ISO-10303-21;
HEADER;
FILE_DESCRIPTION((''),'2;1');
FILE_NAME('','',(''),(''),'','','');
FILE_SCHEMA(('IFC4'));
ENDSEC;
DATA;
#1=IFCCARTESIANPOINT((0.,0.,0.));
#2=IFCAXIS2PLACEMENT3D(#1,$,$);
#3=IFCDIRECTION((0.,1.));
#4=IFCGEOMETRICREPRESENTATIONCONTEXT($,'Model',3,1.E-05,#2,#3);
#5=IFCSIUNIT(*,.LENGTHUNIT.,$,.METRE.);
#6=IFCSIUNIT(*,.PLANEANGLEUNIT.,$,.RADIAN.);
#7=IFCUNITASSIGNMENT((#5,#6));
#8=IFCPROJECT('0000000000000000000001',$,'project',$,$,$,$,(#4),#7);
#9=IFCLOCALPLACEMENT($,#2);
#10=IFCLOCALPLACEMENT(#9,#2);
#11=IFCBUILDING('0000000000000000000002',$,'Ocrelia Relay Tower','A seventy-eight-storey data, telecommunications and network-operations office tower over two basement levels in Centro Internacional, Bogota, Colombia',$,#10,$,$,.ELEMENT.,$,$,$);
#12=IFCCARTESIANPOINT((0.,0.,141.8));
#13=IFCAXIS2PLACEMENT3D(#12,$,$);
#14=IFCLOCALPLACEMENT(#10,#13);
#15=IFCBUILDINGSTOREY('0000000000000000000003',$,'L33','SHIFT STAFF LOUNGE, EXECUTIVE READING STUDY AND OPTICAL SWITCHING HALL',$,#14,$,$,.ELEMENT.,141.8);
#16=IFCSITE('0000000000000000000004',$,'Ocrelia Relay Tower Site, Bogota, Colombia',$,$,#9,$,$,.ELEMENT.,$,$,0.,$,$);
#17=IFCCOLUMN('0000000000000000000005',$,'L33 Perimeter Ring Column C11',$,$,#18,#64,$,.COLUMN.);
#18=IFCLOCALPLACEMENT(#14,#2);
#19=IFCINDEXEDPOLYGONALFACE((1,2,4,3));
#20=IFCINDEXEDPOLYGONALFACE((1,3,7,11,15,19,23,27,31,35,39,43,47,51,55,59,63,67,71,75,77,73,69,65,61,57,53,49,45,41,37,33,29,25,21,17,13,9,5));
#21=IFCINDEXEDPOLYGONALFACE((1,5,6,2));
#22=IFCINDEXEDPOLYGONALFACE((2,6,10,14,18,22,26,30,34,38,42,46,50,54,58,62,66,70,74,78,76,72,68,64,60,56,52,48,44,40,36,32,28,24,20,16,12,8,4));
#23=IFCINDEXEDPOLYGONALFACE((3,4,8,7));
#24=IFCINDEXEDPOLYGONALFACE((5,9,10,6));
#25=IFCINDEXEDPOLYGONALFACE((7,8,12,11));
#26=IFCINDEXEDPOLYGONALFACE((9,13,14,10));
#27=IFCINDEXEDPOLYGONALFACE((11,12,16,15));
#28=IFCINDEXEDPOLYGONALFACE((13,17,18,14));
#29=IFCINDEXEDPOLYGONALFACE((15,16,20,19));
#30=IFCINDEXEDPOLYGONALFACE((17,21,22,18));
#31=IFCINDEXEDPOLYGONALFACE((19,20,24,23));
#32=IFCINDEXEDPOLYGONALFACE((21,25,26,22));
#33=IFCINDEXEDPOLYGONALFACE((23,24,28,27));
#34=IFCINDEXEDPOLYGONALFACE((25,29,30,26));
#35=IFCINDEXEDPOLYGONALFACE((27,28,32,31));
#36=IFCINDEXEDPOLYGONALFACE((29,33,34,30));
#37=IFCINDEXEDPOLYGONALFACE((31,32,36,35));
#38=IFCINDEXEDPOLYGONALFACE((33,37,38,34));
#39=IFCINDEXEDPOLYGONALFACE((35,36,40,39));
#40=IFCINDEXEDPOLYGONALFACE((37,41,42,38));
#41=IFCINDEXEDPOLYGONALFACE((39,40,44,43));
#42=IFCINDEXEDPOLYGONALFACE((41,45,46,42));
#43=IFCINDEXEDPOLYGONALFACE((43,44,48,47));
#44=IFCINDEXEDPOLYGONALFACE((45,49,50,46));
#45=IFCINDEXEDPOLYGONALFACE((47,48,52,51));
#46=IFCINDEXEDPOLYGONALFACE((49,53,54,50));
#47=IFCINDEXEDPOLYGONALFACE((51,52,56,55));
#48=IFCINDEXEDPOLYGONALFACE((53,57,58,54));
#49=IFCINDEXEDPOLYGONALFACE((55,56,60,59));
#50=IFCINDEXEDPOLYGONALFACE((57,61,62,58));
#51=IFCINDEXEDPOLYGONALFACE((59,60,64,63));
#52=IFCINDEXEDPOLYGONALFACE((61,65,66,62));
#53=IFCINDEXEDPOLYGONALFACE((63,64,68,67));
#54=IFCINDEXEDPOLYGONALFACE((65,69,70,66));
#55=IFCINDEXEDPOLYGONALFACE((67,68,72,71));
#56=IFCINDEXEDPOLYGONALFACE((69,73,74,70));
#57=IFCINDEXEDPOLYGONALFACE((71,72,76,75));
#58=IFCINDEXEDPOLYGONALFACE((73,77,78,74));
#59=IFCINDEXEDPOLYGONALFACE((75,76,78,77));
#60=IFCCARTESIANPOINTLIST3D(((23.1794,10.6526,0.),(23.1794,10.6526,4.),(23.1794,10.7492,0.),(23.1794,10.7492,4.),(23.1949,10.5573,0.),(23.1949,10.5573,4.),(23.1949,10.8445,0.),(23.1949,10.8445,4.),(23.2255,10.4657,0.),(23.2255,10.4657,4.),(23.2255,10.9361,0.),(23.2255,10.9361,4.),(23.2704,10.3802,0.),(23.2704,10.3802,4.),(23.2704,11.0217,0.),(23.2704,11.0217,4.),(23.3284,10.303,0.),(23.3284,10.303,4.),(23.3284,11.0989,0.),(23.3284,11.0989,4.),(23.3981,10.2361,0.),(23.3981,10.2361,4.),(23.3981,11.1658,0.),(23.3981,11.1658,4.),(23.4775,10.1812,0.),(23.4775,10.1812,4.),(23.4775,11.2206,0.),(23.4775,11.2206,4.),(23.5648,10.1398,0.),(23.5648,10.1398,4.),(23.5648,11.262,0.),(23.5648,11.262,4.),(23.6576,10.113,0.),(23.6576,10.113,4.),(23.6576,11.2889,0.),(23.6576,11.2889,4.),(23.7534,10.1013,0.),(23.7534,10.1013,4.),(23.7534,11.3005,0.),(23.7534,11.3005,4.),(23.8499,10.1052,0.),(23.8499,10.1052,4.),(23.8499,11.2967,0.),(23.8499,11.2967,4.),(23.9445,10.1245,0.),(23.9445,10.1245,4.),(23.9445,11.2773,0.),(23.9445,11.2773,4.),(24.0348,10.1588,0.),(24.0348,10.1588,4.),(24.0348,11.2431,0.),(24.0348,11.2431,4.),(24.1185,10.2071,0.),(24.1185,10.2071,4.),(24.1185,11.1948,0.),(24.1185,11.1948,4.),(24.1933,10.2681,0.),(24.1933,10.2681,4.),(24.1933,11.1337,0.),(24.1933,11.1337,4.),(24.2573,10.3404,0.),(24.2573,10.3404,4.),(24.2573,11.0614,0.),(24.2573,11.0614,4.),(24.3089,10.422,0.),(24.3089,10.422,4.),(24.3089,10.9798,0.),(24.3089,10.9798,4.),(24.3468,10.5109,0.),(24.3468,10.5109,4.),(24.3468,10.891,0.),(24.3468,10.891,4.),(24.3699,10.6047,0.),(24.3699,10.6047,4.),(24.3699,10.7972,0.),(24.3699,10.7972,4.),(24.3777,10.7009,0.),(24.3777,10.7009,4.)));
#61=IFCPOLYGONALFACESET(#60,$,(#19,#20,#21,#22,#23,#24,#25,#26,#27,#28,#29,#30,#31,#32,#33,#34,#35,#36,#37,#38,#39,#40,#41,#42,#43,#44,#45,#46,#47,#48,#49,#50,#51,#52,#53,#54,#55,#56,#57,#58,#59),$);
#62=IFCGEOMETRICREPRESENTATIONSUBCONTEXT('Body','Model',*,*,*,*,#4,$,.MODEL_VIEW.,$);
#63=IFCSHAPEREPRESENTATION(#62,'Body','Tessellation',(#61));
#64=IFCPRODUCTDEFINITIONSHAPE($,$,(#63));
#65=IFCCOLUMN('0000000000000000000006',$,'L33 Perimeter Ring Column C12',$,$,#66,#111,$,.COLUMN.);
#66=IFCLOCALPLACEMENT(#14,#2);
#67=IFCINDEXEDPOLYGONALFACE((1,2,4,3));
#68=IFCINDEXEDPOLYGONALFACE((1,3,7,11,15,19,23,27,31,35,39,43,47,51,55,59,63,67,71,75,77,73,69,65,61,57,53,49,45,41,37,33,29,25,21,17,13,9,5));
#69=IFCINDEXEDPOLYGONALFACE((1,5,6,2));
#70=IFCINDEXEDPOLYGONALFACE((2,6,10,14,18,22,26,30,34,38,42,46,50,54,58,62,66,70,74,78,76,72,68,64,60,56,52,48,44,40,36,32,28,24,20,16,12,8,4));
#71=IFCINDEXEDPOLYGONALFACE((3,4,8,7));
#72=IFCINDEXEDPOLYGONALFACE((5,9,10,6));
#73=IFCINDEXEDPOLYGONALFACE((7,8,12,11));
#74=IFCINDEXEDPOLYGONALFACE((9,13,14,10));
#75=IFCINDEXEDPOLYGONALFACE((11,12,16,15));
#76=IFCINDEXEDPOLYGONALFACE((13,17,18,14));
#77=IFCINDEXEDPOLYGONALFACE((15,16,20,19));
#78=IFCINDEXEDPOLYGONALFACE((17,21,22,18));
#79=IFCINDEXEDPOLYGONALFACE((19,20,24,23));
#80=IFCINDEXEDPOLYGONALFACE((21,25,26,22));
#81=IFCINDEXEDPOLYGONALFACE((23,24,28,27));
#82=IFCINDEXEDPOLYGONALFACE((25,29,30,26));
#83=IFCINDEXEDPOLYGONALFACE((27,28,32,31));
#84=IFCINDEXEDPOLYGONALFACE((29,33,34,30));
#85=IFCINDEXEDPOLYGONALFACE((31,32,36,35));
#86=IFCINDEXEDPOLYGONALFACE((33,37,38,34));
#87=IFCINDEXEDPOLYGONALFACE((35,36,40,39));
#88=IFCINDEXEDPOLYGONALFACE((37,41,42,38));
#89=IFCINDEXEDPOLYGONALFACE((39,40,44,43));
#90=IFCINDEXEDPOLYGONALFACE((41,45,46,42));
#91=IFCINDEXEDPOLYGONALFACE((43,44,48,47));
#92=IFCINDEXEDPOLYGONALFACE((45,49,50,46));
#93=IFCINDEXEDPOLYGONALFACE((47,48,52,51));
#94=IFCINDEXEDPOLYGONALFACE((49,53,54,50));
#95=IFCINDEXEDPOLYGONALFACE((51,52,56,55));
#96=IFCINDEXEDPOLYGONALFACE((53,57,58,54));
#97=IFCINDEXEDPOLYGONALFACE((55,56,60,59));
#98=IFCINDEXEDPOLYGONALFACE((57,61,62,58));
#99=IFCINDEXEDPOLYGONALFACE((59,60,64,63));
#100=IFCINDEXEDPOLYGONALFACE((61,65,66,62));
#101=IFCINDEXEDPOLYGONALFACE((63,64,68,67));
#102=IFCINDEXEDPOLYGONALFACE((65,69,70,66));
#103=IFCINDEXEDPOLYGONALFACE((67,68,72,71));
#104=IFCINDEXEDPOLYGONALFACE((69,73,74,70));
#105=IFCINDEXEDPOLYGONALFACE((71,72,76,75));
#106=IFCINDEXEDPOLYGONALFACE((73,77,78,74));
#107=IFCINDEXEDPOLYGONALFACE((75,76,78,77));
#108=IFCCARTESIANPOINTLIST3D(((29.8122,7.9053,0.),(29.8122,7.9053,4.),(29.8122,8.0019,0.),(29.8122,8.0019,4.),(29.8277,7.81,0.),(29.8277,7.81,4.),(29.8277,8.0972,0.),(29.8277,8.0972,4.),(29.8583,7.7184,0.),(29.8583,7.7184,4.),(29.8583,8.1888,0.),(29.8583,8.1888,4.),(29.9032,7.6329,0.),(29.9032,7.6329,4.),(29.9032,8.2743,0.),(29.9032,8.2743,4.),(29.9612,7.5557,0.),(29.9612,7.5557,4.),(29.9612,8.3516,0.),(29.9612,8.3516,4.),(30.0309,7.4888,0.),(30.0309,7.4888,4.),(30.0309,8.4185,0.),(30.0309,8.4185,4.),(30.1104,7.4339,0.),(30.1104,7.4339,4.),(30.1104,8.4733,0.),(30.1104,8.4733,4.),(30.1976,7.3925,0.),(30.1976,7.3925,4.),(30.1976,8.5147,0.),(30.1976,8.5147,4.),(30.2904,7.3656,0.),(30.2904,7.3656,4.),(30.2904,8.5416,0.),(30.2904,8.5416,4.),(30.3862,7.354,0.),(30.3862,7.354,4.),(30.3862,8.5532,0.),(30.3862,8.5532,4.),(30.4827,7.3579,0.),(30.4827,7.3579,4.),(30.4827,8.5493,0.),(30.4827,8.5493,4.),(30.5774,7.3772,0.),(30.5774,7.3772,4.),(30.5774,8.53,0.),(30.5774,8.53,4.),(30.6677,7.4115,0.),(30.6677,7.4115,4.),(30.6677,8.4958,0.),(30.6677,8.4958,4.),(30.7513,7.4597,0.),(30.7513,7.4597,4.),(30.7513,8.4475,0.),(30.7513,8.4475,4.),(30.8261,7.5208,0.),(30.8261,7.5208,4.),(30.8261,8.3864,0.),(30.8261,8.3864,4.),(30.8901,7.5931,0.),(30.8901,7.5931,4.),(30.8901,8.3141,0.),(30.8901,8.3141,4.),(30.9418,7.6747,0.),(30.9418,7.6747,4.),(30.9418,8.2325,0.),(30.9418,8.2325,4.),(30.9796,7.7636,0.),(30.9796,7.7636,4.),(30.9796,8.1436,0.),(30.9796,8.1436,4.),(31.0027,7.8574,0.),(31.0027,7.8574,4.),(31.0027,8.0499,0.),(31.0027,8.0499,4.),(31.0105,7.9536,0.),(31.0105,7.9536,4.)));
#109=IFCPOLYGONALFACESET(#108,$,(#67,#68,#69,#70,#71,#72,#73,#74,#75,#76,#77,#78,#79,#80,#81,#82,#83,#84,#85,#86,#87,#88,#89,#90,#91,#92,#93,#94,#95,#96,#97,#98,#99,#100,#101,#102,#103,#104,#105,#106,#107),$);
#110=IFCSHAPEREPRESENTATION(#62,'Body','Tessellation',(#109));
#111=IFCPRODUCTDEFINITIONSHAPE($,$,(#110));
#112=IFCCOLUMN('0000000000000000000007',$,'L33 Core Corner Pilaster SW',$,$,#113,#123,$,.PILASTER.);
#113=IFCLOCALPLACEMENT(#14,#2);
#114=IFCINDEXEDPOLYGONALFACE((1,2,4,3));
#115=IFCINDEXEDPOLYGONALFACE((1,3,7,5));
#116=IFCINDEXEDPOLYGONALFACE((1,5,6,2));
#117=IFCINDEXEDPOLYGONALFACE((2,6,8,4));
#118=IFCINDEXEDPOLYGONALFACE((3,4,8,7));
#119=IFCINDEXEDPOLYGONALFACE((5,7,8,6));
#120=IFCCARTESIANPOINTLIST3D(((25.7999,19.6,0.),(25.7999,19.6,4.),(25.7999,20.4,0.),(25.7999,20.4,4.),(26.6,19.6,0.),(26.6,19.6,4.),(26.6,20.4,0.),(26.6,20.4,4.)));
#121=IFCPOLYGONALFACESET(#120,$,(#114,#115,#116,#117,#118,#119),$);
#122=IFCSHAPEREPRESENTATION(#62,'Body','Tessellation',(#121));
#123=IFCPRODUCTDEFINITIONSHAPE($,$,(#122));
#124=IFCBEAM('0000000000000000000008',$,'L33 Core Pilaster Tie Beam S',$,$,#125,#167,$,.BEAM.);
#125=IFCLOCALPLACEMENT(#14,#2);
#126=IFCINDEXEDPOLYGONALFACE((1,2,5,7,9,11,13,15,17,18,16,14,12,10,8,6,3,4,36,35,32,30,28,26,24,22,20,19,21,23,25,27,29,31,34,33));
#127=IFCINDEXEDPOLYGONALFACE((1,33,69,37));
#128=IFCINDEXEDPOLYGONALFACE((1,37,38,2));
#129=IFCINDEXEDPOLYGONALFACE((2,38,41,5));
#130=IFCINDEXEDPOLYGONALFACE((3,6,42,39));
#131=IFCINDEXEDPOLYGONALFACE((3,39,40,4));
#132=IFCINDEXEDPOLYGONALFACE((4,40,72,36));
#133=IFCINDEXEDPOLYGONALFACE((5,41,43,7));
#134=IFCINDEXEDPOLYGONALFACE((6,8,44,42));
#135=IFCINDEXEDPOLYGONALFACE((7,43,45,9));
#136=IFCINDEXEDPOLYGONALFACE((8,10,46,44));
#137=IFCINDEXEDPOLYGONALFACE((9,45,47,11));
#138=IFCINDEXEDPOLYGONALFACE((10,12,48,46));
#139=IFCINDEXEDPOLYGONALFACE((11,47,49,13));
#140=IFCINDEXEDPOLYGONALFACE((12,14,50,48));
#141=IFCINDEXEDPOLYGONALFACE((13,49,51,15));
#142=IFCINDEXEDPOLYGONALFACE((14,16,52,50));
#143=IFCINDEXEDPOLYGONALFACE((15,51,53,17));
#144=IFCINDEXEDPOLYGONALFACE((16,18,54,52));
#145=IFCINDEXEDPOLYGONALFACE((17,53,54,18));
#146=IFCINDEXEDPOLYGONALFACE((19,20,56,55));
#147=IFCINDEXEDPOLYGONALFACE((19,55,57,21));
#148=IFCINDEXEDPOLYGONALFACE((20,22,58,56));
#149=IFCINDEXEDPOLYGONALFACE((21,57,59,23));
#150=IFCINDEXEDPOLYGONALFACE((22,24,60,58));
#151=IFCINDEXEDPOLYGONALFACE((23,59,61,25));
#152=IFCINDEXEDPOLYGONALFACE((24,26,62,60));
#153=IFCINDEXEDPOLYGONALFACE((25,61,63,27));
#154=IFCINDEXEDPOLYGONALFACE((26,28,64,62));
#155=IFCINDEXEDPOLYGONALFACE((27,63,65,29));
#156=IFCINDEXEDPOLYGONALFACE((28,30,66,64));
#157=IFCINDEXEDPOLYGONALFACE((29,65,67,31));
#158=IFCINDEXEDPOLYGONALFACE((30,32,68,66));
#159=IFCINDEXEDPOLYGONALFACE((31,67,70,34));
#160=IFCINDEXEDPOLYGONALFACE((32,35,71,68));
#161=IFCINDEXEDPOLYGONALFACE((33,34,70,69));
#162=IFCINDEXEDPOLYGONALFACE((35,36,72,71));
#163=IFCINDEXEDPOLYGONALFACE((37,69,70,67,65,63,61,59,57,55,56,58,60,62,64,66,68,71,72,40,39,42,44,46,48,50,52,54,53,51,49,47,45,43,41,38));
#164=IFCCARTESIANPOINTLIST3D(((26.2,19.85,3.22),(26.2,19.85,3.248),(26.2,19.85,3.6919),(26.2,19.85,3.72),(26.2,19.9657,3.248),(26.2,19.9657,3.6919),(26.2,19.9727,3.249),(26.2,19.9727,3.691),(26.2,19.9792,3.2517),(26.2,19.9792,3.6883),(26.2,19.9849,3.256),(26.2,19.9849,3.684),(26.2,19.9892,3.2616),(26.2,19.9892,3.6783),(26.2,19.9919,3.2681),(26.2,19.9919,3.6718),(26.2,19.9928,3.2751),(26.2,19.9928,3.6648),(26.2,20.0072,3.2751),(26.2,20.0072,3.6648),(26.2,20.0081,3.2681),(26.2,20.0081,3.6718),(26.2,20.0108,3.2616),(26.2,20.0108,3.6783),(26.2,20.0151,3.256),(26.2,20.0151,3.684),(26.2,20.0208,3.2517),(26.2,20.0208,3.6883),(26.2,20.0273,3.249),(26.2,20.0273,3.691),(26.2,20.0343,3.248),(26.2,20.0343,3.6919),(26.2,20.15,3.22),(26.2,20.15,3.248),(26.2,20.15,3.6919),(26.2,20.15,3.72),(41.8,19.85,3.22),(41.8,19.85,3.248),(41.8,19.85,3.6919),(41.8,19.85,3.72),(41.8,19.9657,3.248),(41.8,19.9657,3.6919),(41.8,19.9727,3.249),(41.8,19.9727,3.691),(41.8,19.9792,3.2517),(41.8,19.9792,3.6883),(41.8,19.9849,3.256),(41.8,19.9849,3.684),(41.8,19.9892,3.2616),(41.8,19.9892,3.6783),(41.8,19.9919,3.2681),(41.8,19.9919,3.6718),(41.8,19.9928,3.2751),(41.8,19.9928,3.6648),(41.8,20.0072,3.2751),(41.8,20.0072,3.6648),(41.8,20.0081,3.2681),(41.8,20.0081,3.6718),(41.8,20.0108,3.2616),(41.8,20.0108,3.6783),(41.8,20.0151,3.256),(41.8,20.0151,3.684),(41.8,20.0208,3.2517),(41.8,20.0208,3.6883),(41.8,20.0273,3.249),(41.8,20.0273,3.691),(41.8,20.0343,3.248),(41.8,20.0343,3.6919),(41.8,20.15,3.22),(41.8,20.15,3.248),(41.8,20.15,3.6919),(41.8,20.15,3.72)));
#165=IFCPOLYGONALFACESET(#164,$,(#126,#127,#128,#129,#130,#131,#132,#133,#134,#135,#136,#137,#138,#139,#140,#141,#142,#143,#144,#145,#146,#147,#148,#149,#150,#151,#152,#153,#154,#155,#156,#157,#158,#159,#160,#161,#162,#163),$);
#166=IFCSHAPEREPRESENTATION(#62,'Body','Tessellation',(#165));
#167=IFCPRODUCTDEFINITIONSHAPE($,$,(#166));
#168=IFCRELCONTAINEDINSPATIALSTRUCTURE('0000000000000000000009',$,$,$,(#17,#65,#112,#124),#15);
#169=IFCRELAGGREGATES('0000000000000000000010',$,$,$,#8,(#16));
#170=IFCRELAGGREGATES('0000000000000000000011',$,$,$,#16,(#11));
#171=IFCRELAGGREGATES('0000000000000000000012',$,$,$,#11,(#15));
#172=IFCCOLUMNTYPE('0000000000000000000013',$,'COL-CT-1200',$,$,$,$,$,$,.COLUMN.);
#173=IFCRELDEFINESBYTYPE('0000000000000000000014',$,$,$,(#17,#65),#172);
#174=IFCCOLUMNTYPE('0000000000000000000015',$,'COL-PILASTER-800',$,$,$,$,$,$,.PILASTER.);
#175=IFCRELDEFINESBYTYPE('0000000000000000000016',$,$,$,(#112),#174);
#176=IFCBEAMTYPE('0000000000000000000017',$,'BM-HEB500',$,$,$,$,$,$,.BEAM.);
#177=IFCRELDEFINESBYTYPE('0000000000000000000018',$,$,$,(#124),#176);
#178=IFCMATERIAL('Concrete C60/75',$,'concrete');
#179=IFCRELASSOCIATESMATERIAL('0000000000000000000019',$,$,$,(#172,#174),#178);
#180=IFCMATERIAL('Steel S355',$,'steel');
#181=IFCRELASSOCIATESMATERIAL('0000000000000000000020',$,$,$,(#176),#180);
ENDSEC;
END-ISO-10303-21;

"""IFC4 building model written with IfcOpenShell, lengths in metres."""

from ifc_helpers import new_model, si_unit, direction, frame, origin, origin_2d, place, context, subcontext, project, spatial, rectangle, circle, i_section, extrude, material, material_profile, profile_set, type_object, element, save


model = new_model("IFC4")

# Units and contexts
model_context = context("Model", 3, precision=1e-05, world=origin(), true_north=direction((0.0, 1.0)))
body_context = subcontext(model_context, "Body", "Model", "MODEL_VIEW")
ifc_project = project(units=[si_unit("LENGTHUNIT", "METRE"), si_unit("PLANEANGLEUNIT", "RADIAN")], contexts=[model_context])

# Site, building, storey
site_placement = place(None, origin())
site = spatial("IfcSite", under=ifc_project, at=site_placement, Name="Ocrelia Relay Tower Site, Bogota, Colombia", CompositionType="ELEMENT", RefElevation=0.0)
building_placement = place(site_placement, origin())
building = spatial("IfcBuilding", under=site, at=building_placement, Name="Ocrelia Relay Tower", Description="A seventy-eight-storey data, telecommunications and network-operations office tower over two basement levels in Centro Internacional, Bogota, Colombia", CompositionType="ELEMENT")
storey_placement = place(building_placement, frame((0.0, 0.0, 141.8)))
storey = spatial("IfcBuildingStorey", under=building, at=storey_placement, Name="L33", Description="SHIFT STAFF LOUNGE, EXECUTIVE READING STUDY AND OPTICAL SWITCHING HALL", CompositionType="ELEMENT", Elevation=141.8)

# Columns
ifc_material_1 = material(Name="Concrete C60/75", Category="concrete")
ifc_material_profile_1 = material_profile(ifc_material_1, circle(Radius=0.6001, at=origin_2d()), Name="RC-CIR-1200")
ifc_profile_set_1 = profile_set([ifc_material_profile_1], Name="Concrete C60/75")
column_type_1 = type_object("IfcColumnType", Name="COL-CT-1200", PredefinedType="COLUMN", material=ifc_profile_set_1)
for number, where, z_axis, x_axis, name in (
    (1, (23.7776, 10.7009, 0.0), (0.0, 0.0, 1.0), (1.0, 0.0, 0.0), "L33 Perimeter Ring Column C11"),
    (2, (30.4104, 7.9536, 0.0), (0.0, 0.0, 1.0), (1.0, 0.0, 0.0), "L33 Perimeter Ring Column C12"),
):
    element("IfcColumn", number, at=place(storey_placement, frame(where, z_axis=z_axis, x_axis=x_axis)), inside=storey, type_object=column_type_1, Name=name, PredefinedType="COLUMN", context=body_context, shape_type="SweptSolid", body=[
        extrude(circle(Radius=0.6001, at=origin_2d()), origin(), (0.0, 0.0, 1.0), 4.0),
    ])
ifc_material_profile_2 = material_profile(ifc_material_1, rectangle(XDim=0.8, YDim=0.8, at=origin_2d()), Name="RC-COL-800x800")
ifc_profile_set_2 = profile_set([ifc_material_profile_2], Name="Concrete C60/75")
column_type_2 = type_object("IfcColumnType", Name="COL-PILASTER-800", PredefinedType="PILASTER", material=ifc_profile_set_2)
column_placement = place(storey_placement, frame((26.2, 20.0, 0.0), z_axis=(0.0, 0.0, 1.0), x_axis=(1.0, 0.0, 0.0)))
element("IfcColumn", 3, at=column_placement, inside=storey, type_object=column_type_2, Name="L33 Core Corner Pilaster SW", PredefinedType="PILASTER", context=body_context, shape_type="SweptSolid", body=[
    extrude(rectangle(XDim=0.8, YDim=0.8, at=origin_2d()), origin(), (0.0, 0.0, 1.0), 4.0),
])

# Beam
ifc_material_2 = material(Name="Steel S355", Category="steel")
ifc_material_profile_3 = material_profile(ifc_material_2, i_section(OverallWidth=0.3, OverallDepth=0.5, WebThickness=0.0144, FlangeThickness=0.0281, FilletRadius=0.0271, at=origin_2d()), Name="HEB 500")
ifc_profile_set_3 = profile_set([ifc_material_profile_3], Name="Steel S355")
beam_type_1 = type_object("IfcBeamType", Name="BM-HEB500", PredefinedType="BEAM", material=ifc_profile_set_3)
beam_1_placement = place(storey_placement, frame((26.2, 20.0, 3.47), z_axis=(1.0, 0.0, 0.0), x_axis=(0.0, 1.0, 0.0)))
element("IfcBeam", 4, at=beam_1_placement, inside=storey, type_object=beam_type_1, Name="L33 Core Pilaster Tie Beam S", PredefinedType="BEAM", context=body_context, shape_type="SweptSolid", body=[
    extrude(i_section(OverallWidth=0.3, OverallDepth=0.5, WebThickness=0.0144, FlangeThickness=0.0281, FilletRadius=0.0271, at=origin_2d()), origin(), (0.0, 0.0, 1.0), 15.6001),
])

save(model, "model.ifc")
